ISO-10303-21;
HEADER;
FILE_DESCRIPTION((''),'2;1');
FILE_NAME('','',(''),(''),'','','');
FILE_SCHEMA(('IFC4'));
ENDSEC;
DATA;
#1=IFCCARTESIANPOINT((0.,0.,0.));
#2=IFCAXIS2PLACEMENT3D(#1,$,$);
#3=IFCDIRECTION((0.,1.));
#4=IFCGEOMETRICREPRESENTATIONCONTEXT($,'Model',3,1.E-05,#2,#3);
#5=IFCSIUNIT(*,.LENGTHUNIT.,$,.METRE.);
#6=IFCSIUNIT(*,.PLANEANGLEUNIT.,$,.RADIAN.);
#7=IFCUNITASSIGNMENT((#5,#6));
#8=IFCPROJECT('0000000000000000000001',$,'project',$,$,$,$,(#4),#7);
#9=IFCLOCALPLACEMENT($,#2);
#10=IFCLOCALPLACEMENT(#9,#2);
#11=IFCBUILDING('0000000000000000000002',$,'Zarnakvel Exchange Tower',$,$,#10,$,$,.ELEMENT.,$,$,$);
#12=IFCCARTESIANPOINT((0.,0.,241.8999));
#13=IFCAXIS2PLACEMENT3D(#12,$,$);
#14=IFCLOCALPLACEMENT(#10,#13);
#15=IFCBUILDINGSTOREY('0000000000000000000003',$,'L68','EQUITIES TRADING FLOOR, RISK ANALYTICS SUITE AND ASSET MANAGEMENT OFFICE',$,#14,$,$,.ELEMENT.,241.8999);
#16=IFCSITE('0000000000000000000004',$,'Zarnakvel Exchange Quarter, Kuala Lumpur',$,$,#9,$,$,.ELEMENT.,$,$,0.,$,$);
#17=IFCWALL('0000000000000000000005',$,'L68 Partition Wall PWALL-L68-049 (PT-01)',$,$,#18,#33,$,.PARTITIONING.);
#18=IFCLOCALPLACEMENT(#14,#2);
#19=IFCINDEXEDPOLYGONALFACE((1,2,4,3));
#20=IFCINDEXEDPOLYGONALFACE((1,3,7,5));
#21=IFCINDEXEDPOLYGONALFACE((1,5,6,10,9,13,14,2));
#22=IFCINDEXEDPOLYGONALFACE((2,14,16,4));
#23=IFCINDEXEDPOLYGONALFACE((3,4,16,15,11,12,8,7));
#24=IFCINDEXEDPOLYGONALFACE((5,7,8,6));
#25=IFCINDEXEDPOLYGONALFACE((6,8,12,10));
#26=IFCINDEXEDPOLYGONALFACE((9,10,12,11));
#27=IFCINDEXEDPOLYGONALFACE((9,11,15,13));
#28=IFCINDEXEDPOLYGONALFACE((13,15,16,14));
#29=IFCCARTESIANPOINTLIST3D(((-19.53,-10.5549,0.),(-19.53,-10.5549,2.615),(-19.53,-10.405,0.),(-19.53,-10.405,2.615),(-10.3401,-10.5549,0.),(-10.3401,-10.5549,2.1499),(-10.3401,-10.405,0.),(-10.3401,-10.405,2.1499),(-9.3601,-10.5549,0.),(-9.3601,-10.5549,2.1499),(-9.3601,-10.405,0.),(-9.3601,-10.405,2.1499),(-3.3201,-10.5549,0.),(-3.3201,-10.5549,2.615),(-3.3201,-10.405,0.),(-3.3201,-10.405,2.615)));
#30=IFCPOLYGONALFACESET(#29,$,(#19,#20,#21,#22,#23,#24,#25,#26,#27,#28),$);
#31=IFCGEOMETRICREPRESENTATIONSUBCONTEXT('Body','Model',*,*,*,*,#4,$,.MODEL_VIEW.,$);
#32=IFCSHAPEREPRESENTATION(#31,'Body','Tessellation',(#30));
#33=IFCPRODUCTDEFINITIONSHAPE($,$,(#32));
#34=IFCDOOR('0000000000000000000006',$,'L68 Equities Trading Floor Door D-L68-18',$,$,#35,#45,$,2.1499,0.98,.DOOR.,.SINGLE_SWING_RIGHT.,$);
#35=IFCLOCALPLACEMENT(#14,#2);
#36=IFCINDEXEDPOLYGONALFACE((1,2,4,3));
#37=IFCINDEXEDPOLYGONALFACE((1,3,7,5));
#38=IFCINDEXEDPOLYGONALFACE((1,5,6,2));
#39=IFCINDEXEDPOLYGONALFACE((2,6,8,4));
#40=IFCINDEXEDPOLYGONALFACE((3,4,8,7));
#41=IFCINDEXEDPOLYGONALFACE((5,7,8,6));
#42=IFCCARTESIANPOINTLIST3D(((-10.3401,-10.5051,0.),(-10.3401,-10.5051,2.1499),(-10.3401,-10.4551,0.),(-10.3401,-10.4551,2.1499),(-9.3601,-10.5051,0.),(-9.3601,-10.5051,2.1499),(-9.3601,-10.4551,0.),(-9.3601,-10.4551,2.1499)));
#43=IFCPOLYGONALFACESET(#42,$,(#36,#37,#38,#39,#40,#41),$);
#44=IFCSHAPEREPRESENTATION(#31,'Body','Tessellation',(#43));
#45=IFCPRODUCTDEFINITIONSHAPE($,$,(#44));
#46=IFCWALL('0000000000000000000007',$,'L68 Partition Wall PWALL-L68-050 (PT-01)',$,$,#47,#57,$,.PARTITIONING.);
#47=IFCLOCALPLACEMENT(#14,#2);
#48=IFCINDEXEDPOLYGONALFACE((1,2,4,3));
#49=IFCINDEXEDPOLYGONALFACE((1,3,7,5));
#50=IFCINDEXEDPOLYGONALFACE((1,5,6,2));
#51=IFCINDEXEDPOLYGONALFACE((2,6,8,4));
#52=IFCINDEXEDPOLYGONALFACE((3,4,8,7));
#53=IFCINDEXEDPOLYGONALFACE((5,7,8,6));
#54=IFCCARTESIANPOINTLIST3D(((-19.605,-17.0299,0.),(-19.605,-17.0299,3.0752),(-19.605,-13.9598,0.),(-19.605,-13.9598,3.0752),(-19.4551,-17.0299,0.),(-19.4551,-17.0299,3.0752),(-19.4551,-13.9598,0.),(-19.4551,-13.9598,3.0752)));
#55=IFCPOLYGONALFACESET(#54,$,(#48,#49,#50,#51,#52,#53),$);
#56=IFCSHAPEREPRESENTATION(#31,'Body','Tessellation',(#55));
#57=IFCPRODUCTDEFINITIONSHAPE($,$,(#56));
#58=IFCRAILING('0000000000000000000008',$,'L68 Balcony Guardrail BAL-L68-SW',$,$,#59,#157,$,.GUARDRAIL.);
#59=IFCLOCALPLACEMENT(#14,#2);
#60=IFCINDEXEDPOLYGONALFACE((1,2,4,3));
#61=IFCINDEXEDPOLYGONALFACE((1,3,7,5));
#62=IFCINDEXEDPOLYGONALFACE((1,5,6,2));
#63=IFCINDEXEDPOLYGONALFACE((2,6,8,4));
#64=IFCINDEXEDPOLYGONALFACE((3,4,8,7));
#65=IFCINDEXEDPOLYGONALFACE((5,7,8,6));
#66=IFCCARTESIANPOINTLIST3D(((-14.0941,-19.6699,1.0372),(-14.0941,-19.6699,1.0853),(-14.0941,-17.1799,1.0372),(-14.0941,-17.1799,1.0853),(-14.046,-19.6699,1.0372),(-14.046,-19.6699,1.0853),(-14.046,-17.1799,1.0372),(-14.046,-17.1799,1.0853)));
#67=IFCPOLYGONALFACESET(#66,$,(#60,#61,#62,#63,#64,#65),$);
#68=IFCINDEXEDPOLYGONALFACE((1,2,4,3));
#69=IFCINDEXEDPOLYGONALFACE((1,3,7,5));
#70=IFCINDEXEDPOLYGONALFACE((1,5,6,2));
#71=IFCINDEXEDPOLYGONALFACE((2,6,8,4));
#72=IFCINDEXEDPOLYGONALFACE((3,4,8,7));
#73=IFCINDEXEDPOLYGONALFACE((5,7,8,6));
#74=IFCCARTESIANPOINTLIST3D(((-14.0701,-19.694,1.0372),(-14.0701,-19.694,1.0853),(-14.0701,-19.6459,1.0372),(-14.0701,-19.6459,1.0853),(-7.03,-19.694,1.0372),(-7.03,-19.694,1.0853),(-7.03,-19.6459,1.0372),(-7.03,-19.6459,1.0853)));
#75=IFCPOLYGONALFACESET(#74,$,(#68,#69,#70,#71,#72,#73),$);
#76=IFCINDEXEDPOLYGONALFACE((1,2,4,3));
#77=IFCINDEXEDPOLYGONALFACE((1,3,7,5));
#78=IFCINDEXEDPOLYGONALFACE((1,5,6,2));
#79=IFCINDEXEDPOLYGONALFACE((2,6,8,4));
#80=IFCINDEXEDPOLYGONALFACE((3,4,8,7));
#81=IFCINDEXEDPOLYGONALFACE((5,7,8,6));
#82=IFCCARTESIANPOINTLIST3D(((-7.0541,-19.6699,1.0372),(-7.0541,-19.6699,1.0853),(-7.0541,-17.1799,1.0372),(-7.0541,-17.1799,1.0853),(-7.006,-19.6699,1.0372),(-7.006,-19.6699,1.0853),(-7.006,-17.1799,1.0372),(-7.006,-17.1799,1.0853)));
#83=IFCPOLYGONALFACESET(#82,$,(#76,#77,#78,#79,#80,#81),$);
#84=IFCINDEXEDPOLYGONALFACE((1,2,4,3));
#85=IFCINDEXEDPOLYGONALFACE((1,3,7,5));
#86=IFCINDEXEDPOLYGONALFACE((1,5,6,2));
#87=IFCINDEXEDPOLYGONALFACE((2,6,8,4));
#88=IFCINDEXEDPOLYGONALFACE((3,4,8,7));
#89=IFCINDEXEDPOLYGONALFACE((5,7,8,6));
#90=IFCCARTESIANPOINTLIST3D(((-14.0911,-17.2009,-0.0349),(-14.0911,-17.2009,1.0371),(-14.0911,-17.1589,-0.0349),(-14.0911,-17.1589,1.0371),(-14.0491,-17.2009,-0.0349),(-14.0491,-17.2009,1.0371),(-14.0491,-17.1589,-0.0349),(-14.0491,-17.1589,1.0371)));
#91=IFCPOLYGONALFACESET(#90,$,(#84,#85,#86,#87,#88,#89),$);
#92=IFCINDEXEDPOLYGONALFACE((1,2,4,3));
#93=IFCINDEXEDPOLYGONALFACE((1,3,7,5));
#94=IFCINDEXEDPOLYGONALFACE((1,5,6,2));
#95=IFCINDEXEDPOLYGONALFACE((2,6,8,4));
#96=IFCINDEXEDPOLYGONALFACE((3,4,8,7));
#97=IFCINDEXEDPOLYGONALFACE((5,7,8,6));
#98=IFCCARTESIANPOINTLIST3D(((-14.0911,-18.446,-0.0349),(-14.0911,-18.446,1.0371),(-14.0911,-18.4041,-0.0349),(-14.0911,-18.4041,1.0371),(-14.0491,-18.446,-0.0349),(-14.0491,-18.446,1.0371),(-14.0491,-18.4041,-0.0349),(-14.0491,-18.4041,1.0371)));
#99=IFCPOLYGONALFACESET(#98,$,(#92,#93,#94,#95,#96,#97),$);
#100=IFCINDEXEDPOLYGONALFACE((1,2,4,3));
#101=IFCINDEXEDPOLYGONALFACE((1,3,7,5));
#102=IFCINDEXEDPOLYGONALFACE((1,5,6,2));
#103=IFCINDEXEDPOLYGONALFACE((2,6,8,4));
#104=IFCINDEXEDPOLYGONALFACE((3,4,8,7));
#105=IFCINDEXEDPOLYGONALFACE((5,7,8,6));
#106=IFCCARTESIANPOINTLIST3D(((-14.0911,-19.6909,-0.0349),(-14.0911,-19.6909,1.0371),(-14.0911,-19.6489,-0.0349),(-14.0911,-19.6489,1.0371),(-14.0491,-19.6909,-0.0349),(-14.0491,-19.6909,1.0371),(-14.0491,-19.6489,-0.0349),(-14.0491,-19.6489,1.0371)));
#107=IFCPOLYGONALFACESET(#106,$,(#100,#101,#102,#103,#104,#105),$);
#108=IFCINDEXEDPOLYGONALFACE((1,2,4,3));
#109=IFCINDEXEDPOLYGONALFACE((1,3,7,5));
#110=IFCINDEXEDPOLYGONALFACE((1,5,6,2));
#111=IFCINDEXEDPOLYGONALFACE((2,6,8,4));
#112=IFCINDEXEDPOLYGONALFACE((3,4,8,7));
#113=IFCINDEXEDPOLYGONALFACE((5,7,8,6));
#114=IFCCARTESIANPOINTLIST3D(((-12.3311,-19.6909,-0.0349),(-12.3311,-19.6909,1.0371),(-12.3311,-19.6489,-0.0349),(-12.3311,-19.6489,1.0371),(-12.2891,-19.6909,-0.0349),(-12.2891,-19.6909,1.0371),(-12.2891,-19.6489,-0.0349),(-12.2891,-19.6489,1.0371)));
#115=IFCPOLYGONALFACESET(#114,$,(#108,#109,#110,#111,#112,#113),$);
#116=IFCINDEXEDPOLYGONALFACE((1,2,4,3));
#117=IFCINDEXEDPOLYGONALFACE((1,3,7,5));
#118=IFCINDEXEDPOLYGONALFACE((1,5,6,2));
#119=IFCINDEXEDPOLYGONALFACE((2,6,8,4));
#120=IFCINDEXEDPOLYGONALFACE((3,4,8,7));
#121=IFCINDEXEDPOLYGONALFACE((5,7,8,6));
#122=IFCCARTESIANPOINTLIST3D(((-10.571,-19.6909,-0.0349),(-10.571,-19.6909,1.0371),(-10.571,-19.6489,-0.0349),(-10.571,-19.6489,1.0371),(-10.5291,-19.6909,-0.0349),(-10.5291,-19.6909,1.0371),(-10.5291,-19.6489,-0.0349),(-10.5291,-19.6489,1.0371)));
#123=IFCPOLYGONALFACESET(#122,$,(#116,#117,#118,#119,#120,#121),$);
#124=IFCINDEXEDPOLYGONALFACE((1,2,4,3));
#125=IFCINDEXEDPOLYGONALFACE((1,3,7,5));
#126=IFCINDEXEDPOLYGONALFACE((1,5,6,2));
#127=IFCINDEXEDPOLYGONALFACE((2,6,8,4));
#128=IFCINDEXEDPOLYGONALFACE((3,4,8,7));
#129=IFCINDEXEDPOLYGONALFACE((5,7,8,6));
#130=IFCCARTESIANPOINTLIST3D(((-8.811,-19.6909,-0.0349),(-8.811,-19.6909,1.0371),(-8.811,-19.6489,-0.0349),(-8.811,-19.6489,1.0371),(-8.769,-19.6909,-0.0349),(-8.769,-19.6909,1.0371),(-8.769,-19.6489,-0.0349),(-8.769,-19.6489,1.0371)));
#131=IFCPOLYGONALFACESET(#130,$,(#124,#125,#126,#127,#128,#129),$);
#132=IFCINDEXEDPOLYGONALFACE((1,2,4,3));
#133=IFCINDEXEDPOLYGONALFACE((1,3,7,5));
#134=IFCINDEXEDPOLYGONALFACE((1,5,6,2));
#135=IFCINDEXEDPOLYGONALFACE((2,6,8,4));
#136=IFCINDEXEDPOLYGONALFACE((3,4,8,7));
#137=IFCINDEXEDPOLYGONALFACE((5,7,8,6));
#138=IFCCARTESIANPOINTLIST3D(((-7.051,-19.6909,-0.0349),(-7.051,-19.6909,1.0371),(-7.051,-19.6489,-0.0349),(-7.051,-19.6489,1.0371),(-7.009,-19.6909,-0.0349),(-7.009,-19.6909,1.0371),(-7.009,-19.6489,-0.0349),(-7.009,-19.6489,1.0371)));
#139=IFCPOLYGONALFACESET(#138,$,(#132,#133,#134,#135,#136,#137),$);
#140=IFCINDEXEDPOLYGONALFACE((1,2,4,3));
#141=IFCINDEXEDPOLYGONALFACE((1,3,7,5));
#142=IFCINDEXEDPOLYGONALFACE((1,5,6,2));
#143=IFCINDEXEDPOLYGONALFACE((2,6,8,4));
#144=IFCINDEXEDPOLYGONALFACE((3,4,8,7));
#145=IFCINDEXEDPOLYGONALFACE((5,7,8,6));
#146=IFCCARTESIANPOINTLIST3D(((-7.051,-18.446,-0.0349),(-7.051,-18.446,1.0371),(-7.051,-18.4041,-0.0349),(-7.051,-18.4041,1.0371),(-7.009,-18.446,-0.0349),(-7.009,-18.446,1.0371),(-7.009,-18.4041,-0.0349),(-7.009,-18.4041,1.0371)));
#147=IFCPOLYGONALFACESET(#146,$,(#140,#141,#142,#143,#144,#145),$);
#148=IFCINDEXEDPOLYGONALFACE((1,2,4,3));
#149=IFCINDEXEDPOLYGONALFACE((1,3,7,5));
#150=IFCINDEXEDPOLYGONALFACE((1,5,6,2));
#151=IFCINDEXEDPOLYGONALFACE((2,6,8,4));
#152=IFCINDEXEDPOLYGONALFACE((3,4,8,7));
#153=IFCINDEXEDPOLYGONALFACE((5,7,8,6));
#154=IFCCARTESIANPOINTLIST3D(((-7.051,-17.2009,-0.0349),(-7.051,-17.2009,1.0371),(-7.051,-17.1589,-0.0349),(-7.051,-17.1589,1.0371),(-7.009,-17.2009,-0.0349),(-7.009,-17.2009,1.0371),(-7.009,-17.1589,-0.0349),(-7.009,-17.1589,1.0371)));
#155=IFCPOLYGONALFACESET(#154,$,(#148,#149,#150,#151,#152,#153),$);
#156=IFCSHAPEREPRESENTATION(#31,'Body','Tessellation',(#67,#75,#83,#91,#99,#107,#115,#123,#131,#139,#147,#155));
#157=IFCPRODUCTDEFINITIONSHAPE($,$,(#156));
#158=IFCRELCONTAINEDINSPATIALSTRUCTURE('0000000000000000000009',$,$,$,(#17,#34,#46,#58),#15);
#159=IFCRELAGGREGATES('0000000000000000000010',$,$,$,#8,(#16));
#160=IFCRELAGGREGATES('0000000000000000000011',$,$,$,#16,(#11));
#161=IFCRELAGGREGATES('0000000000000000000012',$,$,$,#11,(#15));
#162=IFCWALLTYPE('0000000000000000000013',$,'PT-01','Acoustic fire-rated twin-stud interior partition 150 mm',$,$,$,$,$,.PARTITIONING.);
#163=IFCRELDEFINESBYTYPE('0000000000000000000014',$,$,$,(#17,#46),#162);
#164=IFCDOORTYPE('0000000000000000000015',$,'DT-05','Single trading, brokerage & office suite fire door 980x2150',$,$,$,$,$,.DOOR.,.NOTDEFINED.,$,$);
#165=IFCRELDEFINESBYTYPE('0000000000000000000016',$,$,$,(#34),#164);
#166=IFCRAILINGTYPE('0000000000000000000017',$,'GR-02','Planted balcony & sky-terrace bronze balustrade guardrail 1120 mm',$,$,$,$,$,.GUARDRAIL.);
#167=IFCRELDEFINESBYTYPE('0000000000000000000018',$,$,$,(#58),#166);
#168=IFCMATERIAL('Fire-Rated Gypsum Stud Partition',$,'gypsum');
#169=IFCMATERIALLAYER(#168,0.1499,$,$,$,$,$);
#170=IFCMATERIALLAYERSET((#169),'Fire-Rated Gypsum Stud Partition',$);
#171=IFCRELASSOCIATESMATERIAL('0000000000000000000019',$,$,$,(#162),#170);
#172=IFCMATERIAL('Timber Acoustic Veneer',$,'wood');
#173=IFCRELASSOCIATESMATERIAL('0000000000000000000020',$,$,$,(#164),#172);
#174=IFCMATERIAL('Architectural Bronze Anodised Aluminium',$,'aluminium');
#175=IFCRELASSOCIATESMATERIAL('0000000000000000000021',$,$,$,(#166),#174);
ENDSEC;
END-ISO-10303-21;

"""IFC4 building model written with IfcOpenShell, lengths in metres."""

from ifc_helpers import new_model, si_unit, direction, frame, frame_2d, origin, origin_2d, place, context, subcontext, project, spatial, rectangle, extrude, source, transform, mapped, material, layer, layer_set, type_object, element, fill, save


model = new_model("IFC4")

# Units and contexts
model_context = context("Model", 3, precision=1e-05, world=origin(), true_north=direction((0.0, 1.0)))
body_context = subcontext(model_context, "Body", "Model", "MODEL_VIEW")
ifc_project = project(units=[si_unit("LENGTHUNIT", "METRE"), si_unit("PLANEANGLEUNIT", "RADIAN")], contexts=[model_context])

# Site, building, storey
site_placement = place(None, origin())
site = spatial("IfcSite", under=ifc_project, at=site_placement, Name="Zarnakvel Exchange Quarter, Kuala Lumpur", CompositionType="ELEMENT", RefElevation=0.0)
building_placement = place(site_placement, origin())
building = spatial("IfcBuilding", under=site, at=building_placement, Name="Zarnakvel Exchange Tower", CompositionType="ELEMENT")
storey_placement = place(building_placement, frame((0.0, 0.0, 241.8999)))
storey = spatial("IfcBuildingStorey", under=building, at=storey_placement, Name="L68", Description="EQUITIES TRADING FLOOR, RISK ANALYTICS SUITE AND ASSET MANAGEMENT OFFICE", CompositionType="ELEMENT", Elevation=241.8999)

# Shared definitions
ifc_material_1 = material(Name="Fire-Rated Gypsum Stud Partition", Category="gypsum")
ifc_layer_1 = layer(ifc_material_1, 0.1499)
ifc_layer_set_1 = layer_set([ifc_layer_1], Name="Fire-Rated Gypsum Stud Partition")
wall_type_1 = type_object("IfcWallType", Name="PT-01", Description="Acoustic fire-rated twin-stud interior partition 150 mm", PredefinedType="PARTITIONING", material=ifc_layer_set_1)

# Wall, opening, door
wall_1_placement = place(storey_placement, frame((-19.53, -10.48, 0.0), z_axis=(0.0, 0.0, 1.0), x_axis=(1.0, 0.0, 0.0)))
wall_1 = element("IfcWall", 1, at=wall_1_placement, inside=storey, type_object=wall_type_1, Name="L68 Partition Wall PWALL-L68-049 (PT-01)", PredefinedType="PARTITIONING", context=body_context, shape_type="SweptSolid", body=[
    extrude(rectangle(XDim=16.21, YDim=0.1499, at=frame_2d((8.105, 0.0))), origin(), (0.0, 0.0, 1.0), 2.615),
])
opening_placement = place(wall_1_placement, frame((9.1899, 0.0, 0.0)))
opening = element("IfcOpeningElement", 2, at=opening_placement, cuts=wall_1, PredefinedType="OPENING", context=body_context, shape_type="SweptSolid", body=[
    extrude(rectangle(XDim=0.98, YDim=2.1499, at=frame_2d((0.49, 1.075))), frame((0.0, 0.085, 0.0), z_axis=(0.0, -1.0, 0.0), x_axis=(1.0, 0.0, 0.0)), (0.0, 0.0, 1.0), 0.1699),
])
ifc_material_2 = material(Name="Timber Acoustic Veneer", Category="wood")
door_type = type_object("IfcDoorType", Name="DT-05", Description="Single trading, brokerage & office suite fire door 980x2150", OperationType="NOTDEFINED", PredefinedType="DOOR", material=ifc_material_2)
shared_shape = source(origin(), body_context, "Body", "SweptSolid", [
    extrude(rectangle(XDim=0.98, YDim=2.1499, at=frame_2d((0.49, 1.075))), frame((0.0, 0.0249, 0.0), z_axis=(0.0, -1.0, 0.0), x_axis=(1.0, 0.0, 0.0)), (0.0, 0.0, 1.0), 0.05),
])
door_placement = place(opening_placement, origin())
door = element("IfcDoor", 3, at=door_placement, inside=storey, type_object=door_type, Name="L68 Equities Trading Floor Door D-L68-18", OperationType="SINGLE_SWING_RIGHT", OverallHeight=2.1499, OverallWidth=0.98, PredefinedType="DOOR", context=body_context, shape_type="MappedRepresentation", body=[
    mapped(shared_shape, transform((0.0, 0.0, 0.0), x_axis=(1.0, 0.0, 0.0), y_axis=(0.0, 1.0, 0.0), z_axis=(0.0, 0.0, 1.0), scale=1.0)),
])
fill(opening, door)

# Wall
wall_2_placement = place(storey_placement, frame((-19.53, -17.03, 0.0), z_axis=(0.0, 0.0, 1.0), x_axis=(0.0, 1.0, 0.0)))
element("IfcWall", 4, at=wall_2_placement, inside=storey, type_object=wall_type_1, Name="L68 Partition Wall PWALL-L68-050 (PT-01)", PredefinedType="PARTITIONING", context=body_context, shape_type="SweptSolid", body=[
    extrude(rectangle(XDim=3.0701, YDim=0.1499, at=frame_2d((1.5352, 0.0))), origin(), (0.0, 0.0, 1.0), 3.0752),
])

# Railing
ifc_material_3 = material(Name="Architectural Bronze Anodised Aluminium", Category="aluminium")
railing_type = type_object("IfcRailingType", Name="GR-02", Description="Planted balcony & sky-terrace bronze balustrade guardrail 1120 mm", PredefinedType="GUARDRAIL", material=ifc_material_3)
railing_1_placement = place(storey_placement, frame((-14.0701, -17.1799, -0.0349)))
element("IfcRailing", 5, at=railing_1_placement, inside=storey, type_object=railing_type, Name="L68 Balcony Guardrail BAL-L68-SW", PredefinedType="GUARDRAIL", context=body_context, shape_type="SweptSolid", body=[
    extrude(rectangle(XDim=0.0481, YDim=0.0481, at=origin_2d()), frame((0.0, 0.0, 1.0962), z_axis=(0.0, -1.0, 0.0), x_axis=(1.0, 0.0, 0.0)), (0.0, 0.0, 1.0), 2.49),
    extrude(rectangle(XDim=0.0481, YDim=0.0481, at=origin_2d()), frame((0.0, -2.49, 1.0962), z_axis=(1.0, 0.0, 0.0), x_axis=(0.0, 1.0, 0.0)), (0.0, 0.0, 1.0), 7.04),
    extrude(rectangle(XDim=0.0481, YDim=0.0481, at=origin_2d()), frame((7.04, -2.49, 1.0962), z_axis=(0.0, 1.0, 0.0), x_axis=(-1.0, 0.0, 0.0)), (0.0, 0.0, 1.0), 2.49),
    extrude(rectangle(XDim=0.042, YDim=0.042, at=origin_2d()), origin(), (0.0, 0.0, 1.0), 1.072),
    extrude(rectangle(XDim=0.042, YDim=0.042, at=origin_2d()), frame((0.0, -1.2451, 0.0)), (0.0, 0.0, 1.0), 1.072),
    extrude(rectangle(XDim=0.042, YDim=0.042, at=origin_2d()), frame((0.0, -2.49, 0.0)), (0.0, 0.0, 1.0), 1.072),
    extrude(rectangle(XDim=0.042, YDim=0.042, at=origin_2d()), frame((1.76, -2.49, 0.0)), (0.0, 0.0, 1.0), 1.072),
    extrude(rectangle(XDim=0.042, YDim=0.042, at=origin_2d()), frame((3.52, -2.49, 0.0)), (0.0, 0.0, 1.0), 1.072),
    extrude(rectangle(XDim=0.042, YDim=0.042, at=origin_2d()), frame((5.28, -2.49, 0.0)), (0.0, 0.0, 1.0), 1.072),
    extrude(rectangle(XDim=0.042, YDim=0.042, at=origin_2d()), frame((7.04, -2.49, 0.0)), (0.0, 0.0, 1.0), 1.072),
    extrude(rectangle(XDim=0.042, YDim=0.042, at=origin_2d()), frame((7.04, -1.2451, 0.0)), (0.0, 0.0, 1.0), 1.072),
    extrude(rectangle(XDim=0.042, YDim=0.042, at=origin_2d()), frame((7.04, 0.0, 0.0)), (0.0, 0.0, 1.0), 1.072),
])

save(model, "model.ifc")
